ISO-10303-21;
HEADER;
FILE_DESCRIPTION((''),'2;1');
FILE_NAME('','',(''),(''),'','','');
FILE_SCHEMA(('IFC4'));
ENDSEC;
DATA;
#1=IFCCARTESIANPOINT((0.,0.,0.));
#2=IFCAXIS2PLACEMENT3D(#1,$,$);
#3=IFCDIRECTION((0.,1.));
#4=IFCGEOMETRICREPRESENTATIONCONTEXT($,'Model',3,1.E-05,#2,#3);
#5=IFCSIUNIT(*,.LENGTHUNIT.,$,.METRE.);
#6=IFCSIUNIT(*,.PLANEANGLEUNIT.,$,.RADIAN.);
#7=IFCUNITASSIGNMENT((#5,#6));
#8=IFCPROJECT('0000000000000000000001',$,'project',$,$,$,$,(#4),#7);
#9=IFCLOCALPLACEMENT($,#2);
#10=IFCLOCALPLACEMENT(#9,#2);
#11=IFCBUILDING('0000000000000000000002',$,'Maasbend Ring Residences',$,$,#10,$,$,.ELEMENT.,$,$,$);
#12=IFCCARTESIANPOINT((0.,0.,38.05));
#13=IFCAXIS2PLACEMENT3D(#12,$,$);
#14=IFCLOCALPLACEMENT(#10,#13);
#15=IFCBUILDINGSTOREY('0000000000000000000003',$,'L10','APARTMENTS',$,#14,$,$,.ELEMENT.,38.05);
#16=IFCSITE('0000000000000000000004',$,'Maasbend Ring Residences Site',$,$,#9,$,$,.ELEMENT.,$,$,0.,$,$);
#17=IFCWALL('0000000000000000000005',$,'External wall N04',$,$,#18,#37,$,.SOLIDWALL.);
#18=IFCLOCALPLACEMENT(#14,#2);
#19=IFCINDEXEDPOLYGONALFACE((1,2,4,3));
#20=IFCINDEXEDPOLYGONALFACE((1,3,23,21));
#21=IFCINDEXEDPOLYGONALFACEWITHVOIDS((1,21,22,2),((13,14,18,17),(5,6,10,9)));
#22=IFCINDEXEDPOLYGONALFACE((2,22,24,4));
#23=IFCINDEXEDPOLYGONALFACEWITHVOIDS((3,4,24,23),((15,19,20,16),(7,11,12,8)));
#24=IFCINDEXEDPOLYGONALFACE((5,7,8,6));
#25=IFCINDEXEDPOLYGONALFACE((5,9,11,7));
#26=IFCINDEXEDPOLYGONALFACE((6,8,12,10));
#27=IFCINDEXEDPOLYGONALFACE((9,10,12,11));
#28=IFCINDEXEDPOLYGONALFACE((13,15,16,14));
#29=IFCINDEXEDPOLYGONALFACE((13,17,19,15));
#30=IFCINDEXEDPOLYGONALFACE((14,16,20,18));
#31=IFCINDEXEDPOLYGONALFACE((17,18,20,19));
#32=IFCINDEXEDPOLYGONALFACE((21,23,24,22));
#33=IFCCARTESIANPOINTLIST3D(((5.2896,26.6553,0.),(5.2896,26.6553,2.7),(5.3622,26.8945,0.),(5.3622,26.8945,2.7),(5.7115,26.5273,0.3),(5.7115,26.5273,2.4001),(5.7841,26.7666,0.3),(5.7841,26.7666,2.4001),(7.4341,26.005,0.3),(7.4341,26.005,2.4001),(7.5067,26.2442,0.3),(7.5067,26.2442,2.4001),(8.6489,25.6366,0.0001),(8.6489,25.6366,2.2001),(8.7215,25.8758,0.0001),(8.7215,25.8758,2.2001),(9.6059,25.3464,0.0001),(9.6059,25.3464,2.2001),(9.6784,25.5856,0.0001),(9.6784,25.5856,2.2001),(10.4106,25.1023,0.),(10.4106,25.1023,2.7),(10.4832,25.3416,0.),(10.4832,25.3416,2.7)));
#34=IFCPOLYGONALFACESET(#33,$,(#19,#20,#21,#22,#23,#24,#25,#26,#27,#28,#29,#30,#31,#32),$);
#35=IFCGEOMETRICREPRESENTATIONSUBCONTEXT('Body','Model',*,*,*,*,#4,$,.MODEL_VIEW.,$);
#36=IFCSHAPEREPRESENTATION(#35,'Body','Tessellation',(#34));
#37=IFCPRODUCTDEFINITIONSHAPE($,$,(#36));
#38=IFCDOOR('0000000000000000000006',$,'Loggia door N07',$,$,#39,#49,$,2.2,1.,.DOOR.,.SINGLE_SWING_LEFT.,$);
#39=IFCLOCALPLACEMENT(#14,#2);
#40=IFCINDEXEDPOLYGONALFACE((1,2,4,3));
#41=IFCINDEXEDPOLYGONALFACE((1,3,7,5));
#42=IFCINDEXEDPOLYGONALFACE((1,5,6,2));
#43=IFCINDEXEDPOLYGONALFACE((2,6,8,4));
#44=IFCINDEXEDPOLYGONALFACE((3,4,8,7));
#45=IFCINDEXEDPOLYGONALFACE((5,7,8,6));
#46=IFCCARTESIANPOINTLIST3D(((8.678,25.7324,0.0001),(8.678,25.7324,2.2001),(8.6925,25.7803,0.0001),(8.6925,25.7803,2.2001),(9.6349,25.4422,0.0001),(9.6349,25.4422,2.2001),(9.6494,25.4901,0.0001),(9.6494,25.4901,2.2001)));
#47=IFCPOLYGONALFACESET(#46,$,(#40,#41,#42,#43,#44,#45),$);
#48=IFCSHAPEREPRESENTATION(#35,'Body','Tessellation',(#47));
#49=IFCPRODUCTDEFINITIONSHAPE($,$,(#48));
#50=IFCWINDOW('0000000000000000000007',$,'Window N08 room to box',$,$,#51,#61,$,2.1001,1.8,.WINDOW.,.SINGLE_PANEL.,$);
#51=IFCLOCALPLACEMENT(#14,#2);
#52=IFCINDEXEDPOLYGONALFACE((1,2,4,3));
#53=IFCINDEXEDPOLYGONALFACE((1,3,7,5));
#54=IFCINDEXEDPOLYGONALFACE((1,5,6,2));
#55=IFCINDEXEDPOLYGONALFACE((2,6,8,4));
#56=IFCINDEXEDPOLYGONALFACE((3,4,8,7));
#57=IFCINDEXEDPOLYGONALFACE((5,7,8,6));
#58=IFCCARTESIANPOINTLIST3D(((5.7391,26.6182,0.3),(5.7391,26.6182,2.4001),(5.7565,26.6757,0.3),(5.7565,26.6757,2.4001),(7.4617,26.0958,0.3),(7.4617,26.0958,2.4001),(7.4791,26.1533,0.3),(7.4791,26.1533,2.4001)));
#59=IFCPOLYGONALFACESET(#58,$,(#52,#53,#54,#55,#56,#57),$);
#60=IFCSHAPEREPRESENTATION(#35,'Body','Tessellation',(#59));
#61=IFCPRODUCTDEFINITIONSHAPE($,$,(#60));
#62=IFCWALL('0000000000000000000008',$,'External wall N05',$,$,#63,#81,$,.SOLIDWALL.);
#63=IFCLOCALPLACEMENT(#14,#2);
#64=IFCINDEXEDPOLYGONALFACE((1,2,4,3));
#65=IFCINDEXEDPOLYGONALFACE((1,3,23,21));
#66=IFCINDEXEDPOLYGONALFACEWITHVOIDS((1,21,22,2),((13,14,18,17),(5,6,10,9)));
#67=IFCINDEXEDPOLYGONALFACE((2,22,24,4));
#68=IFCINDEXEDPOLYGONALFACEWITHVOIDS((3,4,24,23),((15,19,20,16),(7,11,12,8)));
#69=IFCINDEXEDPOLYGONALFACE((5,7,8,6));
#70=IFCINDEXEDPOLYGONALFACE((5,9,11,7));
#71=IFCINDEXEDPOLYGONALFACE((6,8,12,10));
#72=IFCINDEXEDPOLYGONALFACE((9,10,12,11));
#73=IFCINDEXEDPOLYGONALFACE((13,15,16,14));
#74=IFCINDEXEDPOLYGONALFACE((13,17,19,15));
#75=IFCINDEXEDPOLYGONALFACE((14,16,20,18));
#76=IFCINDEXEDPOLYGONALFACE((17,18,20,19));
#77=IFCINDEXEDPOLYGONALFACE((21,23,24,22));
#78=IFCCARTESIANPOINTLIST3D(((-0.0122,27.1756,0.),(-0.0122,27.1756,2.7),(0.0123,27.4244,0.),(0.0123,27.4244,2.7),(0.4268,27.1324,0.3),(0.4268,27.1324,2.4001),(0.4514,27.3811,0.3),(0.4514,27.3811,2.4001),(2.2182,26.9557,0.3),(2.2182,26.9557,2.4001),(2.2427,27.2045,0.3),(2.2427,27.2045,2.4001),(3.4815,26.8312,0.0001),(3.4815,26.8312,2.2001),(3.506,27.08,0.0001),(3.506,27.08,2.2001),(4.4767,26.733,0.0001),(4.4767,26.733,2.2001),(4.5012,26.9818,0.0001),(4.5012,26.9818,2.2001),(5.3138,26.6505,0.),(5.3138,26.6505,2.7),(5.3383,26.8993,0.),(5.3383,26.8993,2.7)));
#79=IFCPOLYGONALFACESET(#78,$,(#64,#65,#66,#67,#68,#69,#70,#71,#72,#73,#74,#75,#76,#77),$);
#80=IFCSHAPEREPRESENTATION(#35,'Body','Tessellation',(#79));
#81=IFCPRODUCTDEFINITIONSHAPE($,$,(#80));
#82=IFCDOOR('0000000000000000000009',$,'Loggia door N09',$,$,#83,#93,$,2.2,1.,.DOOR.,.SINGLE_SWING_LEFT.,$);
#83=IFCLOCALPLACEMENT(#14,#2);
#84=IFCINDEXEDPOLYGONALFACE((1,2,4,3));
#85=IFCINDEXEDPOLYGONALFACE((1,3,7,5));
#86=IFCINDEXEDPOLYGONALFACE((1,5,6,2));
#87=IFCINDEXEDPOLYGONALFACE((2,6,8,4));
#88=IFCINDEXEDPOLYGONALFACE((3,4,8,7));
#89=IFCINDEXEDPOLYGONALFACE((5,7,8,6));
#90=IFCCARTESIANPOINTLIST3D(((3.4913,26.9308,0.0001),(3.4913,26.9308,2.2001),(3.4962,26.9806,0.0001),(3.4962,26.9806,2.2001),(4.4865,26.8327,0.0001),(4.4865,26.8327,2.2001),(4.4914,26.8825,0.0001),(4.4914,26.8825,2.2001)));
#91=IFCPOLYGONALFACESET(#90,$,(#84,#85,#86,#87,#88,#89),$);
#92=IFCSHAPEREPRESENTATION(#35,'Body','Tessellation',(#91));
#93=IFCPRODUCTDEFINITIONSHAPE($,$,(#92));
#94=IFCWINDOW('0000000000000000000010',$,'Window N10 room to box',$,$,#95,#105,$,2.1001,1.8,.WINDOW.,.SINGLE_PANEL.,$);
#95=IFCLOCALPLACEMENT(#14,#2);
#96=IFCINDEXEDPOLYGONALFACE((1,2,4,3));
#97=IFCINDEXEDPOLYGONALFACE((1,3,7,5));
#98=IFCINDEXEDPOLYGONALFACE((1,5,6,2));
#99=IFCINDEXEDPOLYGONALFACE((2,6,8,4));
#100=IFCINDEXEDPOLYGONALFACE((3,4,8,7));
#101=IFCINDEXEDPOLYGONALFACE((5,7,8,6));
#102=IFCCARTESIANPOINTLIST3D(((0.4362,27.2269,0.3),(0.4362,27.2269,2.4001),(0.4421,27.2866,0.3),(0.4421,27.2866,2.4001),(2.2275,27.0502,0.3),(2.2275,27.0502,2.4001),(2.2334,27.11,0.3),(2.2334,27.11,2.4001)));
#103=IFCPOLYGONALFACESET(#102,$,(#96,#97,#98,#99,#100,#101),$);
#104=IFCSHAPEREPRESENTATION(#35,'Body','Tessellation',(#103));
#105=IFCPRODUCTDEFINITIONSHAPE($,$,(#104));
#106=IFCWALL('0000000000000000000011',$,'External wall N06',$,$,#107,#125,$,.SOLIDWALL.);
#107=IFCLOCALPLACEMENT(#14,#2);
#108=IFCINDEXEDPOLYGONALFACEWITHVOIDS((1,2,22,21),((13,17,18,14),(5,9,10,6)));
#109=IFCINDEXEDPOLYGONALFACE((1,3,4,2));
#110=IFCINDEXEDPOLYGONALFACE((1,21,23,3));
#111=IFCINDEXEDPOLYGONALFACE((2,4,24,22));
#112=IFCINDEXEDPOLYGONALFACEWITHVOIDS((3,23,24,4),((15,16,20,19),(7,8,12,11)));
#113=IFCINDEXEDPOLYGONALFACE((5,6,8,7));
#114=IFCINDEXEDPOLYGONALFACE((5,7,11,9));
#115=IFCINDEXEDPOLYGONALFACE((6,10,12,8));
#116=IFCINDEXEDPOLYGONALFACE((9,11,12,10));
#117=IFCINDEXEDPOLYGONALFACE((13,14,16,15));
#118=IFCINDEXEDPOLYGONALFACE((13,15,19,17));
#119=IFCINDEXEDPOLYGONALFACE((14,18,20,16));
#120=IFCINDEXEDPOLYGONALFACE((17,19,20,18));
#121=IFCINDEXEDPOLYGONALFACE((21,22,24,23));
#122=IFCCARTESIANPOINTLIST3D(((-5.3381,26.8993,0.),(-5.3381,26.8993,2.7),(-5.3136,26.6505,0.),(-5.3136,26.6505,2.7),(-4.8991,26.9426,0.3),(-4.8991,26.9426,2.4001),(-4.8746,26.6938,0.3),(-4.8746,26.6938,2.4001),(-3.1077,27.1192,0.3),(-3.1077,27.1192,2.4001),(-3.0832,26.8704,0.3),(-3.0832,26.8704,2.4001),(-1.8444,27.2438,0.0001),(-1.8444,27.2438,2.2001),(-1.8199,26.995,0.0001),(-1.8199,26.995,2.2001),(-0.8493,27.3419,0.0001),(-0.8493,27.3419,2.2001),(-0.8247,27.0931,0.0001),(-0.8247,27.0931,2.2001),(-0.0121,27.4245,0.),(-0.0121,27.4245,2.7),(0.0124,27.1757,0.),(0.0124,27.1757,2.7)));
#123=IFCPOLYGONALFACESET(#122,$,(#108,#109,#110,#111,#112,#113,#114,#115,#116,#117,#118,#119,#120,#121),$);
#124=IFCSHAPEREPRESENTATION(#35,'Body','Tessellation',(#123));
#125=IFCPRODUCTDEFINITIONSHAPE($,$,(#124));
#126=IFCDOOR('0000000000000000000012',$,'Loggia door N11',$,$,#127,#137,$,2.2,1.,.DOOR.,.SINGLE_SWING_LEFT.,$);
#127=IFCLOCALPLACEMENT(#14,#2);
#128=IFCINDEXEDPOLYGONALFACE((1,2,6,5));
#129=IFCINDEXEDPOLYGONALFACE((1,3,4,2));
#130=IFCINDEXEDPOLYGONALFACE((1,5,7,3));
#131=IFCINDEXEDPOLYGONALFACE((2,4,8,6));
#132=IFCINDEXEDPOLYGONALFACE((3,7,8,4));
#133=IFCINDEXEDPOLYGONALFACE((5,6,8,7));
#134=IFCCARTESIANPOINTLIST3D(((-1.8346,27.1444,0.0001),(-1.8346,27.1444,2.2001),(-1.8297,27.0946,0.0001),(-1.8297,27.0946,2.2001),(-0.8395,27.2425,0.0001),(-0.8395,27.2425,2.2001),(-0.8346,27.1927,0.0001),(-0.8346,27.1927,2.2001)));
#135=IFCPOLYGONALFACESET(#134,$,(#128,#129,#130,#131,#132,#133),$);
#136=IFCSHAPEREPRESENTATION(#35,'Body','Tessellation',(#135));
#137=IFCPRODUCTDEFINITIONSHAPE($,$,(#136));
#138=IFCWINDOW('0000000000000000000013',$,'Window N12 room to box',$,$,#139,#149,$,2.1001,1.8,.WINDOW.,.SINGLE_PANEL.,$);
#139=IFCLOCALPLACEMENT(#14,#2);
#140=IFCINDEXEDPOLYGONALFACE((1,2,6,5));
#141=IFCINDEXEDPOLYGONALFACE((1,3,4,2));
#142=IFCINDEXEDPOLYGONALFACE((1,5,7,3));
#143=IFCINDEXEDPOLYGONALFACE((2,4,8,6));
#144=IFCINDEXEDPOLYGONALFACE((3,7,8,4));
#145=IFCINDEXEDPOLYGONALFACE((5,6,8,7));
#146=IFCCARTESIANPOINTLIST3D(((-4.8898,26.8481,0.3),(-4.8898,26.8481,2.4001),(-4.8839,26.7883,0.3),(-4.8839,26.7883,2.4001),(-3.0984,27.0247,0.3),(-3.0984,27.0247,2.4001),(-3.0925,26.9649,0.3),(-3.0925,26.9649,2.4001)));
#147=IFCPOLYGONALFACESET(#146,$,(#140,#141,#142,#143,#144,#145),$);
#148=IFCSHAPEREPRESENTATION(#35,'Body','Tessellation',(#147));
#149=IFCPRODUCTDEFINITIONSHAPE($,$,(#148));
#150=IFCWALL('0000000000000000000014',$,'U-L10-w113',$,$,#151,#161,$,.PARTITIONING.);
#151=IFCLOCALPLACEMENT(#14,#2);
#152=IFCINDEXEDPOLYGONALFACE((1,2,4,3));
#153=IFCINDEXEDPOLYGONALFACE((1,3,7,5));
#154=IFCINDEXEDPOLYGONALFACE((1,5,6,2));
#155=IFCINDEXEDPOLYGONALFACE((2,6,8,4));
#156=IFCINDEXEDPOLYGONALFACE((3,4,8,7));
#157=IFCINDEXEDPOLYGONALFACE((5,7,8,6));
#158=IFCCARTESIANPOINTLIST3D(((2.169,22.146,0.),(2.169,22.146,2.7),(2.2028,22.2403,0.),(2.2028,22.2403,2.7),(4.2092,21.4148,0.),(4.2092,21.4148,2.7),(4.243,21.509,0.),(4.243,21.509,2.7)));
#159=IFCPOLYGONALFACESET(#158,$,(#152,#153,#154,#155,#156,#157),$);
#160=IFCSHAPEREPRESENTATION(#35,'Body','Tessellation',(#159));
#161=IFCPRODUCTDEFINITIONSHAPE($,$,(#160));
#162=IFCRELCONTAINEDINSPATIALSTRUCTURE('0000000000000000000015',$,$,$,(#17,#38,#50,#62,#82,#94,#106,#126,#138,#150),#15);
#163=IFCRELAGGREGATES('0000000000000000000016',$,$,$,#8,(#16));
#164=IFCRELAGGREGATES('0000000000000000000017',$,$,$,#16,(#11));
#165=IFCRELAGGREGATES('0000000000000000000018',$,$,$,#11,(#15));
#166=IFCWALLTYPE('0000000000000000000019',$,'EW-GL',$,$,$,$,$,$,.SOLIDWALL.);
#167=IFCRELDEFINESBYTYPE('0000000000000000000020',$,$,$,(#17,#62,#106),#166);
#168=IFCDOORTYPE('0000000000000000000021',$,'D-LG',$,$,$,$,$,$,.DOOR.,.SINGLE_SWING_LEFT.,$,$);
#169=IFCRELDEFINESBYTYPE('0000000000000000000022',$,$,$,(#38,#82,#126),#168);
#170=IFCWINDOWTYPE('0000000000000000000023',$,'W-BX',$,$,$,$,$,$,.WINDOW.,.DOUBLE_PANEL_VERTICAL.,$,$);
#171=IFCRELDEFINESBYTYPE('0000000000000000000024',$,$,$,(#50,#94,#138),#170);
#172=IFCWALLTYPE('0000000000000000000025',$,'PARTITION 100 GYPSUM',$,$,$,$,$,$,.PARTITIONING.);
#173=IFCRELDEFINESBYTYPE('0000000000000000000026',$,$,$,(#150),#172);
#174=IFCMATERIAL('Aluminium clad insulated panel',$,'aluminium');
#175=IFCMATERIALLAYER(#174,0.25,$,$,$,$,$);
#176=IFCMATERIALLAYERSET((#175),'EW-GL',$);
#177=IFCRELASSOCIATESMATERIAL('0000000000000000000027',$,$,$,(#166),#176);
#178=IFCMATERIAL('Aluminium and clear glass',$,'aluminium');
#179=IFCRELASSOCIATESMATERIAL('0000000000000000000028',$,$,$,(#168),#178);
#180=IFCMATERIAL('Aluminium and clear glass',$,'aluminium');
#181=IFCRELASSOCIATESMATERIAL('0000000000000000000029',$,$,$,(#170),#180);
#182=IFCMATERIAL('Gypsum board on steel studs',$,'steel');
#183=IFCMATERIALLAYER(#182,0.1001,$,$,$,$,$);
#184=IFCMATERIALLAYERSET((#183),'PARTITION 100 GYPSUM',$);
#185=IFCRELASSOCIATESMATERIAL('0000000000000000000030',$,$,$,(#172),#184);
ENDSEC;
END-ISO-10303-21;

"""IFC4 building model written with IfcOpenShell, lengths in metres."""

from ifc_helpers import new_model, si_unit, direction, frame, frame_2d, origin, place, context, subcontext, project, spatial, rectangle, extrude, material, layer, layer_set, type_object, element, fill, save


model = new_model("IFC4")

# Units and contexts
model_context = context("Model", 3, precision=1e-05, world=origin(), true_north=direction((0.0, 1.0)))
body_context = subcontext(model_context, "Body", "Model", "MODEL_VIEW")
ifc_project = project(units=[si_unit("LENGTHUNIT", "METRE"), si_unit("PLANEANGLEUNIT", "RADIAN")], contexts=[model_context])

# Site, building, storey
site_placement = place(None, origin())
site = spatial("IfcSite", under=ifc_project, at=site_placement, Name="Maasbend Ring Residences Site", CompositionType="ELEMENT", RefElevation=0.0)
building_placement = place(site_placement, origin())
building = spatial("IfcBuilding", under=site, at=building_placement, Name="Maasbend Ring Residences", CompositionType="ELEMENT")
storey_placement = place(building_placement, frame((0.0, 0.0, 38.05)))
storey = spatial("IfcBuildingStorey", under=building, at=storey_placement, Name="L10", Description="APARTMENTS", CompositionType="ELEMENT", Elevation=38.05)

# Walls, openings, doors, windows
ifc_material_1 = material(Name="Aluminium clad insulated panel", Category="aluminium")
ifc_layer_1 = layer(ifc_material_1, 0.25)
ifc_layer_set_1 = layer_set([ifc_layer_1], Name="EW-GL")
wall_type_1 = type_object("IfcWallType", Name="EW-GL", PredefinedType="SOLIDWALL", material=ifc_layer_set_1)
wall_1_placement = place(storey_placement, frame((10.447, 25.2219, 0.0), z_axis=(0.0, 0.0, 1.0), x_axis=(-0.956966, 0.290201, 0.0)))
wall_1 = element("IfcWall", 1, at=wall_1_placement, inside=storey, type_object=wall_type_1, Name="External wall N04", PredefinedType="SOLIDWALL", context=body_context, shape_type="SweptSolid", body=[
    extrude(rectangle(XDim=5.3513, YDim=0.25, at=frame_2d((2.6758, 0.0))), origin(), (0.0, 0.0, 1.0), 2.7),
])
opening_1_placement = place(wall_1_placement, frame((0.8411, 0.0, 0.0)))
opening_1 = element("IfcOpeningElement", 2, at=opening_1_placement, cuts=wall_1, PredefinedType="OPENING", context=body_context, shape_type="SweptSolid", body=[
    extrude(rectangle(XDim=1.0, YDim=2.2, at=frame_2d((0.5, 1.1001))), frame((0.0, 0.135, 0.0), z_axis=(0.0, -1.0, 0.0), x_axis=(1.0, 0.0, 0.0)), (0.0, 0.0, 1.0), 0.27),
])
opening_2_placement = place(wall_1_placement, frame((3.1106, 0.0, 0.3)))
opening_2 = element("IfcOpeningElement", 3, at=opening_2_placement, cuts=wall_1, PredefinedType="OPENING", context=body_context, shape_type="SweptSolid", body=[
    extrude(rectangle(XDim=1.8, YDim=2.1001, at=frame_2d((0.8999, 1.05))), frame((0.0, 0.135, 0.0), z_axis=(0.0, -1.0, 0.0), x_axis=(1.0, 0.0, 0.0)), (0.0, 0.0, 1.0), 0.27),
])
ifc_material_2 = material(Name="Aluminium and clear glass", Category="aluminium")
door_type = type_object("IfcDoorType", Name="D-LG", OperationType="SINGLE_SWING_LEFT", PredefinedType="DOOR", material=ifc_material_2)
door_1_placement = place(opening_1_placement, origin())
door_1 = element("IfcDoor", 4, at=door_1_placement, inside=storey, type_object=door_type, Name="Loggia door N07", OperationType="SINGLE_SWING_LEFT", OverallHeight=2.2, OverallWidth=1.0, PredefinedType="DOOR", context=body_context, shape_type="SweptSolid", body=[
    extrude(rectangle(XDim=1.0, YDim=2.2, at=frame_2d((0.5, 1.1001))), frame((0.0, 0.0249, 0.0), z_axis=(0.0, -1.0, 0.0), x_axis=(1.0, 0.0, 0.0)), (0.0, 0.0, 1.0), 0.05),
])
fill(opening_1, door_1)
ifc_material_3 = material(Name="Aluminium and clear glass", Category="aluminium")
window_type_1 = type_object("IfcWindowType", Name="W-BX", PartitioningType="DOUBLE_PANEL_VERTICAL", PredefinedType="WINDOW", material=ifc_material_3)
window_1_placement = place(opening_2_placement, origin())
window_1 = element("IfcWindow", 5, at=window_1_placement, inside=storey, type_object=window_type_1, Name="Window N08 room to box", OverallHeight=2.1001, OverallWidth=1.8, PartitioningType="SINGLE_PANEL", PredefinedType="WINDOW", context=body_context, shape_type="SweptSolid", body=[
    extrude(rectangle(XDim=1.8, YDim=2.1001, at=frame_2d((0.8999, 1.05))), frame((0.0, 0.03, 0.0), z_axis=(0.0, -1.0, 0.0), x_axis=(1.0, 0.0, 0.0)), (0.0, 0.0, 1.0), 0.0601),
])
fill(opening_2, window_1)
wall_2_placement = place(storey_placement, frame((5.3259, 26.7749, 0.0), z_axis=(0.0, 0.0, 1.0), x_axis=(-0.995174, 0.098126, 0.0)))
wall_2 = element("IfcWall", 6, at=wall_2_placement, inside=storey, type_object=wall_type_1, Name="External wall N05", PredefinedType="SOLIDWALL", context=body_context, shape_type="SweptSolid", body=[
    extrude(rectangle(XDim=5.3518, YDim=0.25, at=frame_2d((2.6758, 0.0))), origin(), (0.0, 0.0, 1.0), 2.7),
])
opening_3_placement = place(wall_2_placement, frame((0.8411, 0.0, 0.0)))
opening_3 = element("IfcOpeningElement", 7, at=opening_3_placement, cuts=wall_2, PredefinedType="OPENING", context=body_context, shape_type="SweptSolid", body=[
    extrude(rectangle(XDim=1.0, YDim=2.2, at=frame_2d((0.5, 1.1001))), frame((0.0, 0.135, 0.0), z_axis=(0.0, -1.0, 0.0), x_axis=(1.0, 0.0, 0.0)), (0.0, 0.0, 1.0), 0.27),
])
opening_4_placement = place(wall_2_placement, frame((3.1106, 0.0, 0.3)))
opening_4 = element("IfcOpeningElement", 8, at=opening_4_placement, cuts=wall_2, PredefinedType="OPENING", context=body_context, shape_type="SweptSolid", body=[
    extrude(rectangle(XDim=1.8, YDim=2.1001, at=frame_2d((0.8999, 1.05))), frame((0.0, 0.135, 0.0), z_axis=(0.0, -1.0, 0.0), x_axis=(1.0, 0.0, 0.0)), (0.0, 0.0, 1.0), 0.27),
])
door_2_placement = place(opening_3_placement, origin())
door_2 = element("IfcDoor", 9, at=door_2_placement, inside=storey, type_object=door_type, Name="Loggia door N09", OperationType="SINGLE_SWING_LEFT", OverallHeight=2.2, OverallWidth=1.0, PredefinedType="DOOR", context=body_context, shape_type="SweptSolid", body=[
    extrude(rectangle(XDim=1.0, YDim=2.2, at=frame_2d((0.5, 1.1001))), frame((0.0, 0.0249, 0.0), z_axis=(0.0, -1.0, 0.0), x_axis=(1.0, 0.0, 0.0)), (0.0, 0.0, 1.0), 0.05),
])
fill(opening_3, door_2)
window_2_placement = place(opening_4_placement, origin())
window_2 = element("IfcWindow", 10, at=window_2_placement, inside=storey, type_object=window_type_1, Name="Window N10 room to box", OverallHeight=2.1001, OverallWidth=1.8, PartitioningType="SINGLE_PANEL", PredefinedType="WINDOW", context=body_context, shape_type="SweptSolid", body=[
    extrude(rectangle(XDim=1.8, YDim=2.1001, at=frame_2d((0.8999, 1.05))), frame((0.0, 0.03, 0.0), z_axis=(0.0, -1.0, 0.0), x_axis=(1.0, 0.0, 0.0)), (0.0, 0.0, 1.0), 0.0601),
])
fill(opening_4, window_2)
wall_3_placement = place(storey_placement, frame((0.0, 27.3, 0.0), z_axis=(0.0, 0.0, 1.0), x_axis=(-0.995174, -0.098126, 0.0)))
wall_3 = element("IfcWall", 11, at=wall_3_placement, inside=storey, type_object=wall_type_1, Name="External wall N06", PredefinedType="SOLIDWALL", context=body_context, shape_type="SweptSolid", body=[
    extrude(rectangle(XDim=5.3518, YDim=0.25, at=frame_2d((2.6758, 0.0))), origin(), (0.0, 0.0, 1.0), 2.7),
])
opening_5_placement = place(wall_3_placement, frame((0.8411, 0.0, 0.0)))
opening_5 = element("IfcOpeningElement", 12, at=opening_5_placement, cuts=wall_3, PredefinedType="OPENING", context=body_context, shape_type="SweptSolid", body=[
    extrude(rectangle(XDim=1.0, YDim=2.2, at=frame_2d((0.5, 1.1001))), frame((0.0, 0.135, 0.0), z_axis=(0.0, -1.0, 0.0), x_axis=(1.0, 0.0, 0.0)), (0.0, 0.0, 1.0), 0.27),
])
opening_6_placement = place(wall_3_placement, frame((3.1106, 0.0, 0.3)))
opening_6 = element("IfcOpeningElement", 13, at=opening_6_placement, cuts=wall_3, PredefinedType="OPENING", context=body_context, shape_type="SweptSolid", body=[
    extrude(rectangle(XDim=1.8, YDim=2.1001, at=frame_2d((0.8999, 1.05))), frame((0.0, 0.135, 0.0), z_axis=(0.0, -1.0, 0.0), x_axis=(1.0, 0.0, 0.0)), (0.0, 0.0, 1.0), 0.27),
])
door_3_placement = place(opening_5_placement, origin())
door_3 = element("IfcDoor", 14, at=door_3_placement, inside=storey, type_object=door_type, Name="Loggia door N11", OperationType="SINGLE_SWING_LEFT", OverallHeight=2.2, OverallWidth=1.0, PredefinedType="DOOR", context=body_context, shape_type="SweptSolid", body=[
    extrude(rectangle(XDim=1.0, YDim=2.2, at=frame_2d((0.5, 1.1001))), frame((0.0, 0.0249, 0.0), z_axis=(0.0, -1.0, 0.0), x_axis=(1.0, 0.0, 0.0)), (0.0, 0.0, 1.0), 0.05),
])
fill(opening_5, door_3)
window_3_placement = place(opening_6_placement, origin())
window_3 = element("IfcWindow", 15, at=window_3_placement, inside=storey, type_object=window_type_1, Name="Window N12 room to box", OverallHeight=2.1001, OverallWidth=1.8, PartitioningType="SINGLE_PANEL", PredefinedType="WINDOW", context=body_context, shape_type="SweptSolid", body=[
    extrude(rectangle(XDim=1.8, YDim=2.1001, at=frame_2d((0.8999, 1.05))), frame((0.0, 0.03, 0.0), z_axis=(0.0, -1.0, 0.0), x_axis=(1.0, 0.0, 0.0)), (0.0, 0.0, 1.0), 0.0601),
])
fill(opening_6, window_3)

# Wall
ifc_material_4 = material(Name="Gypsum board on steel studs", Category="steel")
ifc_layer_2 = layer(ifc_material_4, 0.1001)
ifc_layer_set_2 = layer_set([ifc_layer_2], Name="PARTITION 100 GYPSUM")
wall_type_2 = type_object("IfcWallType", Name="PARTITION 100 GYPSUM", PredefinedType="PARTITIONING", material=ifc_layer_set_2)
wall_4_placement = place(storey_placement, frame((2.186, 22.1931, 0.0), z_axis=(0.0, 0.0, 1.0), x_axis=(0.941359, -0.337407, 0.0)))
element("IfcWall", 16, at=wall_4_placement, inside=storey, type_object=wall_type_2, Name="U-L10-w113", PredefinedType="PARTITIONING", context=body_context, shape_type="SweptSolid", body=[
    extrude(rectangle(XDim=2.1672, YDim=0.1001, at=frame_2d((1.0835, 0.0))), origin(), (0.0, 0.0, 1.0), 2.7),
])

save(model, "model.ifc")
